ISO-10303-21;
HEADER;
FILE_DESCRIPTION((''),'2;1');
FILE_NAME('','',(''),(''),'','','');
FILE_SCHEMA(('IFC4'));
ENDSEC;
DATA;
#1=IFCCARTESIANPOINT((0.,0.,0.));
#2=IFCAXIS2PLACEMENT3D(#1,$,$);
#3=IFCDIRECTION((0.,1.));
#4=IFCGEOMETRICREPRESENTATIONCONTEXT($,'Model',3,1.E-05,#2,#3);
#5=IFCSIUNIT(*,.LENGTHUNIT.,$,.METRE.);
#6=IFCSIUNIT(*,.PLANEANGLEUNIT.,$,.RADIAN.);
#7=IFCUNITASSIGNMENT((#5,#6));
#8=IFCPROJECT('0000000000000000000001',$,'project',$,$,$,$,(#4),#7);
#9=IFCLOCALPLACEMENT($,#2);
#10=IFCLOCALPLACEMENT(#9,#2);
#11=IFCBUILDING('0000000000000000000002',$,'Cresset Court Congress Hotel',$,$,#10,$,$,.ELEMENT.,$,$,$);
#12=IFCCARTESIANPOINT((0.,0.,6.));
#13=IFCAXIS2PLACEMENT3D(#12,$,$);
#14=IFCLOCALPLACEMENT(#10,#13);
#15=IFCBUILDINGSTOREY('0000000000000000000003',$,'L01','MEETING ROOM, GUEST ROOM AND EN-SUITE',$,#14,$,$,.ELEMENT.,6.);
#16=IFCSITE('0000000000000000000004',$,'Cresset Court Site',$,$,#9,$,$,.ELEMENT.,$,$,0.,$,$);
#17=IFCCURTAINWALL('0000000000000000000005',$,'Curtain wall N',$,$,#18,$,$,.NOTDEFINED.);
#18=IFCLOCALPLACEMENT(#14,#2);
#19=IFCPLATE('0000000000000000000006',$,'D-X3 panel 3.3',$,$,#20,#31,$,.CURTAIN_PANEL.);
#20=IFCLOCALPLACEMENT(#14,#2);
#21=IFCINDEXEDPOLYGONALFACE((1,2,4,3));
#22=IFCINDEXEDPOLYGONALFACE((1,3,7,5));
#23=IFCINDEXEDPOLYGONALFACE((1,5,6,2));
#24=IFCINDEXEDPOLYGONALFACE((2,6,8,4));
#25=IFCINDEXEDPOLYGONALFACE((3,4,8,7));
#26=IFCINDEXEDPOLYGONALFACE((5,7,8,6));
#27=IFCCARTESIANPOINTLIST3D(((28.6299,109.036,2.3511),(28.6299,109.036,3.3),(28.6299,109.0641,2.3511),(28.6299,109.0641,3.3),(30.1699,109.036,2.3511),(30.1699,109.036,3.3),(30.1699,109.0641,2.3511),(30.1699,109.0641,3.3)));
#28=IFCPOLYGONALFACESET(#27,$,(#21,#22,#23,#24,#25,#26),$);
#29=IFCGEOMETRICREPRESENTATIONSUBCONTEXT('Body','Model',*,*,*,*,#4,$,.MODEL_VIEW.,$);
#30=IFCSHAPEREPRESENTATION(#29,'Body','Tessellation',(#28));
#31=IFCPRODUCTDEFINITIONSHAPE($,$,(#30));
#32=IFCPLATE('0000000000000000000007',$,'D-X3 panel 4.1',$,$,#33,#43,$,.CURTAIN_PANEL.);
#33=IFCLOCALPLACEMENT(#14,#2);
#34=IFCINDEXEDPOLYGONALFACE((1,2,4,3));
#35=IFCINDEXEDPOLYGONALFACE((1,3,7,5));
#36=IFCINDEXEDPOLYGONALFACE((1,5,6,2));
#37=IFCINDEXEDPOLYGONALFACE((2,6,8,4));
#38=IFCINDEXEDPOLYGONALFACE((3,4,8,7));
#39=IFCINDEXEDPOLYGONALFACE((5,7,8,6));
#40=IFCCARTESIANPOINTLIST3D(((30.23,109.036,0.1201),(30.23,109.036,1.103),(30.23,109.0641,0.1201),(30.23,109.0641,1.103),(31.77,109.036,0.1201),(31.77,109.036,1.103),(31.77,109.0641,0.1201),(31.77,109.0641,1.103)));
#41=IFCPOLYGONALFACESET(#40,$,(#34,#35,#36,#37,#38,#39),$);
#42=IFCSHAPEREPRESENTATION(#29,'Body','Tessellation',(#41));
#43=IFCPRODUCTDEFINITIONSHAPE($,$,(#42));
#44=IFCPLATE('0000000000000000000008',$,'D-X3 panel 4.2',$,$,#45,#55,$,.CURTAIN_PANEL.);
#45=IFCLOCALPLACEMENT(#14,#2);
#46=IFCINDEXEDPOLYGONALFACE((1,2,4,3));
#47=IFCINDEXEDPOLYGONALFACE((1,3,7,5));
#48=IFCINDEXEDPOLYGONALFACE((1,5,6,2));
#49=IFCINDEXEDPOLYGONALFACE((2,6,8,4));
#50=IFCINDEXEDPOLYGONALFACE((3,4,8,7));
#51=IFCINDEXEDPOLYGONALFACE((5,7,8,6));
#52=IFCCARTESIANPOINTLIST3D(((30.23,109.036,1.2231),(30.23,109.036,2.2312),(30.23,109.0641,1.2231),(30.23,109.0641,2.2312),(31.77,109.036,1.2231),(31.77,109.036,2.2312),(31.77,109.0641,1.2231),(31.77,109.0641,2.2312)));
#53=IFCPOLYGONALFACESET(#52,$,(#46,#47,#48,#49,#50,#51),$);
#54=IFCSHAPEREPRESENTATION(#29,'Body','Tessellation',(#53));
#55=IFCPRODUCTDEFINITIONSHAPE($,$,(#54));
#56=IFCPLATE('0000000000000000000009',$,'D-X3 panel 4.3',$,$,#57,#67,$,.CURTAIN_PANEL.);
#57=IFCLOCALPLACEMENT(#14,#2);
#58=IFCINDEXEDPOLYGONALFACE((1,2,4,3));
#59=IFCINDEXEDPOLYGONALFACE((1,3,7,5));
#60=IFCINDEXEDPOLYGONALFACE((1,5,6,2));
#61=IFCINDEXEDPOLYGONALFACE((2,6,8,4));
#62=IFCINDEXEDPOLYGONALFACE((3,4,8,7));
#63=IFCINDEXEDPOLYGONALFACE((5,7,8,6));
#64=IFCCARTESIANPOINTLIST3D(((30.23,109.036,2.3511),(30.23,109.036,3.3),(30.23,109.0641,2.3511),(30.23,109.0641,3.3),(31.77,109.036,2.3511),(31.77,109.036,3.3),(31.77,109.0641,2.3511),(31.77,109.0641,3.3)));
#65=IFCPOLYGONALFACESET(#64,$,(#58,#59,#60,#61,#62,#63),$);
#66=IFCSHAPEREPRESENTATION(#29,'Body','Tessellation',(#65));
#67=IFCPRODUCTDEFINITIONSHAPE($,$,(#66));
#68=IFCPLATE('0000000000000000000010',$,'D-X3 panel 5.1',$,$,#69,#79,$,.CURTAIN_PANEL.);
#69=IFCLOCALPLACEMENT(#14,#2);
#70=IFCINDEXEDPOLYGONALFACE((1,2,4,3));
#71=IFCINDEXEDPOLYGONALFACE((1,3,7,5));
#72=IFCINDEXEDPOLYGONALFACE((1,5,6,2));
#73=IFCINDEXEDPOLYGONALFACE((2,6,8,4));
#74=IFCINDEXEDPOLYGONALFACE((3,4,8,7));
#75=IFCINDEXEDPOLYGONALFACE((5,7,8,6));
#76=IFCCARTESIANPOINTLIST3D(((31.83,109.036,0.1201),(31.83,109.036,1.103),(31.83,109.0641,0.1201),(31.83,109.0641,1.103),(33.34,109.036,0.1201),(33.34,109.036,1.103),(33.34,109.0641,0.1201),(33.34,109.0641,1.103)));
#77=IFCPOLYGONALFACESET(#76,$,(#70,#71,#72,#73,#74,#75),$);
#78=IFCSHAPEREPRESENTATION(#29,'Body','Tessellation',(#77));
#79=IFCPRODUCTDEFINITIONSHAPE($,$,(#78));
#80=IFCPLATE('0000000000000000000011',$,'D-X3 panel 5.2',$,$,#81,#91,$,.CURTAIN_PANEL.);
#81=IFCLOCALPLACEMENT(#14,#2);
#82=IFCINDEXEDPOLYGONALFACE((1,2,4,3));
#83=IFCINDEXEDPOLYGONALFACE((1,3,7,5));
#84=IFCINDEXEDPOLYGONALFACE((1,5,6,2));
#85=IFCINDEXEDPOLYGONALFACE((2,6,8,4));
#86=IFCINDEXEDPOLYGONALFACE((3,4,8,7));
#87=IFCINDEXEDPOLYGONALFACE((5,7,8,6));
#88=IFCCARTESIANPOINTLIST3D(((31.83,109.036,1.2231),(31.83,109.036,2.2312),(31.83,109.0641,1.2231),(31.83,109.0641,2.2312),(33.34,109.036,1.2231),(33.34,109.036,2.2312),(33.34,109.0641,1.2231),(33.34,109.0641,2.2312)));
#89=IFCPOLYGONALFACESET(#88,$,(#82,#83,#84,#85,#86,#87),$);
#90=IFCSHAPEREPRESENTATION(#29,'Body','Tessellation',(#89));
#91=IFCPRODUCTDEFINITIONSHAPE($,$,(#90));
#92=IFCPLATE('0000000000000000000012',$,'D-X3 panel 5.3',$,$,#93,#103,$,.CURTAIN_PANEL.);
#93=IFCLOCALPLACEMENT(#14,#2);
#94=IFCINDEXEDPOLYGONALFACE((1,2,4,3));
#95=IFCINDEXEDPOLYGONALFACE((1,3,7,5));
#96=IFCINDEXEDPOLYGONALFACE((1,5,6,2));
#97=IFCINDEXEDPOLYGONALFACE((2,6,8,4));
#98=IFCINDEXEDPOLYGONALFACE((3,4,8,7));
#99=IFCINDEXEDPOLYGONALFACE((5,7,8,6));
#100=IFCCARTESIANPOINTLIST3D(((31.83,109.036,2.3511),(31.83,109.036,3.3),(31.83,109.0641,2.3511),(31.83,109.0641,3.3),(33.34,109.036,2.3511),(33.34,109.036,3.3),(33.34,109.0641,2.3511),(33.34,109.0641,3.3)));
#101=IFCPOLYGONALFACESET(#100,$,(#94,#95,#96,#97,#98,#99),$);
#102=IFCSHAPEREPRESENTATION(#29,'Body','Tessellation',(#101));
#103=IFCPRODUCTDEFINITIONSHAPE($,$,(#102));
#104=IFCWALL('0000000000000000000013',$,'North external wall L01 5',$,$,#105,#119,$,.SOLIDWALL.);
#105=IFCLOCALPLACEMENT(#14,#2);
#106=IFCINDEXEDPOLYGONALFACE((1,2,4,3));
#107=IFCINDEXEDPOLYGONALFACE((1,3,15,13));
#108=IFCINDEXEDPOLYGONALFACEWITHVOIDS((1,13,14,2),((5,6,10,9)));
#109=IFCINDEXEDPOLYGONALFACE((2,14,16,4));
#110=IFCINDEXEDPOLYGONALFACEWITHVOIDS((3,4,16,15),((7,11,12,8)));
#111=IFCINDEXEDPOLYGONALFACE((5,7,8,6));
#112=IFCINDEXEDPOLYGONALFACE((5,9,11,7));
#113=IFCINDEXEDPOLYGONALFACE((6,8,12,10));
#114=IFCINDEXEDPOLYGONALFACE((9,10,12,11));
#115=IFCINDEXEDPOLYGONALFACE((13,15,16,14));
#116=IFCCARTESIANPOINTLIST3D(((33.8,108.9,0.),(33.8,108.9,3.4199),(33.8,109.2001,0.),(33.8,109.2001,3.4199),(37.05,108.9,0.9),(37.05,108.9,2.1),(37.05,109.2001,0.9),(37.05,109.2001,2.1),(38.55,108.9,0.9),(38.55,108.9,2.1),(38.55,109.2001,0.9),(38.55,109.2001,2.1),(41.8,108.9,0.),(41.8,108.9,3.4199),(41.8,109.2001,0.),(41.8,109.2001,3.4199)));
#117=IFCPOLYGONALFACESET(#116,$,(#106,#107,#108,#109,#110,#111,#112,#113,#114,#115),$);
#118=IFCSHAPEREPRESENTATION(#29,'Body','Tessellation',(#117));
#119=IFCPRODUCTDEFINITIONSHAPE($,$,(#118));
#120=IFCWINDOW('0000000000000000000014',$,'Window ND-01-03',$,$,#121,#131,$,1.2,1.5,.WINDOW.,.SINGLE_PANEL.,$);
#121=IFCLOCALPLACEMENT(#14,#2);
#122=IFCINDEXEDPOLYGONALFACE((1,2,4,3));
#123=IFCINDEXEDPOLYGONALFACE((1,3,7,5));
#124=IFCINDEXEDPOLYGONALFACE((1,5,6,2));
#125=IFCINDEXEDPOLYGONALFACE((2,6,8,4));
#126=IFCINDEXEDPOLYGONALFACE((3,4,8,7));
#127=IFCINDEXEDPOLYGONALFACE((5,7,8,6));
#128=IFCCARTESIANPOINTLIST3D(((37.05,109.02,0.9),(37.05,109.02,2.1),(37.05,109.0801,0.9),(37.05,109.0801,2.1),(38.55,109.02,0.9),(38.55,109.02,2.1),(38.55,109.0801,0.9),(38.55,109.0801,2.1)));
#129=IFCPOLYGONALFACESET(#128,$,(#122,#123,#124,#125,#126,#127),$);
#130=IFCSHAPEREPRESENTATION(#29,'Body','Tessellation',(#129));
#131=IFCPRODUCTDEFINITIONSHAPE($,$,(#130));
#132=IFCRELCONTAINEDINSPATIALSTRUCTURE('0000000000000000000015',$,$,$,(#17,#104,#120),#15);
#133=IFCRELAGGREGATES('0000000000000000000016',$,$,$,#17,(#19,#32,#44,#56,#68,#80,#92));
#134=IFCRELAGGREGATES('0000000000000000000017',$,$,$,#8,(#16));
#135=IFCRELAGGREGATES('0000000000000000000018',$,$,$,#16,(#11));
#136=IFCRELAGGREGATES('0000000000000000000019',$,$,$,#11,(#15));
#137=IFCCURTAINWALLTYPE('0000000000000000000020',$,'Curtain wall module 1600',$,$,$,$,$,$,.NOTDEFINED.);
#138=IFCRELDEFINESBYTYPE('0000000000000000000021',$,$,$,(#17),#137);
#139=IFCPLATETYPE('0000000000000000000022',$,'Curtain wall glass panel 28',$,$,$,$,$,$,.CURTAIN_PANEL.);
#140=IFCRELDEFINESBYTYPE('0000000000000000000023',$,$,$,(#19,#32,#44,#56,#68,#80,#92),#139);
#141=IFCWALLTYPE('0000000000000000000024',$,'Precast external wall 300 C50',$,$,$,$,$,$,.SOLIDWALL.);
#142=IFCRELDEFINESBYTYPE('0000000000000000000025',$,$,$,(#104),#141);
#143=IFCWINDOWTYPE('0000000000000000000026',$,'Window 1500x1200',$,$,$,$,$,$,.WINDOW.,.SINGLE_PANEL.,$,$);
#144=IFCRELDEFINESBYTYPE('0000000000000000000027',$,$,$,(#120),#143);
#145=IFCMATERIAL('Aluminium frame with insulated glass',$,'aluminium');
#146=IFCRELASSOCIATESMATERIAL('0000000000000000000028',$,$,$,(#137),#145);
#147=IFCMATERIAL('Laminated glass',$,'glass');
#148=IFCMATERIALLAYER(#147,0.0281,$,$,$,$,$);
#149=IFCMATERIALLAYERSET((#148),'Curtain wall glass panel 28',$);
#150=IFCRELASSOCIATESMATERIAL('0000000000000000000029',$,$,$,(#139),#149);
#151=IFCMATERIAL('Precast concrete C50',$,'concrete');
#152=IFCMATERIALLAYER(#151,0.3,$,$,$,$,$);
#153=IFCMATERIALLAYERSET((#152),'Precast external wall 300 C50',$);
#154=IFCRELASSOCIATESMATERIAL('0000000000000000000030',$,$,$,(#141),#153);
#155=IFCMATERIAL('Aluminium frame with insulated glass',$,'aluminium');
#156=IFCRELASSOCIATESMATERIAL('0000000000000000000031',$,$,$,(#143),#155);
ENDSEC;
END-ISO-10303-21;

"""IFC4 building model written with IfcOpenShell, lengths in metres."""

from ifc_helpers import new_model, si_unit, direction, frame, frame_2d, origin, origin_2d, place, context, subcontext, project, spatial, rectangle, extrude, material, layer, layer_set, type_object, element, fill, aggregate, save


model = new_model("IFC4")

# Units and contexts
model_context = context("Model", 3, precision=1e-05, world=origin(), true_north=direction((0.0, 1.0)))
body_context = subcontext(model_context, "Body", "Model", "MODEL_VIEW")
ifc_project = project(units=[si_unit("LENGTHUNIT", "METRE"), si_unit("PLANEANGLEUNIT", "RADIAN")], contexts=[model_context])

# Site, building, storey
site_placement = place(None, origin())
site = spatial("IfcSite", under=ifc_project, at=site_placement, Name="Cresset Court Site", CompositionType="ELEMENT", RefElevation=0.0)
building_placement = place(site_placement, origin())
building = spatial("IfcBuilding", under=site, at=building_placement, Name="Cresset Court Congress Hotel", CompositionType="ELEMENT")
storey_placement = place(building_placement, frame((0.0, 0.0, 6.0)))
storey = spatial("IfcBuildingStorey", under=building, at=storey_placement, Name="L01", Description="MEETING ROOM, GUEST ROOM AND EN-SUITE", CompositionType="ELEMENT", Elevation=6.0)

# Curtain wall, plates
ifc_material_1 = material(Name="Aluminium frame with insulated glass", Category="aluminium")
curtain_wall_type = type_object("IfcCurtainWallType", Name="Curtain wall module 1600", PredefinedType="NOTDEFINED", material=ifc_material_1)
curtain_wall_placement = place(storey_placement, origin())
curtain_wall = element("IfcCurtainWall", 1, at=curtain_wall_placement, inside=storey, type_object=curtain_wall_type, Name="Curtain wall N", PredefinedType="NOTDEFINED")
ifc_material_2 = material(Name="Laminated glass", Category="glass")
ifc_layer_1 = layer(ifc_material_2, 0.0281)
ifc_layer_set_1 = layer_set([ifc_layer_1], Name="Curtain wall glass panel 28")
plate_type = type_object("IfcPlateType", Name="Curtain wall glass panel 28", PredefinedType="CURTAIN_PANEL", material=ifc_layer_set_1)
plate_1_placement = place(storey_placement, frame((29.3999, 109.05, 2.3511), z_axis=(0.0, 0.0, 1.0), x_axis=(1.0, 0.0, 0.0)))
plate_1 = element("IfcPlate", 2, at=plate_1_placement, type_object=plate_type, Name="D-X3 panel 3.3", PredefinedType="CURTAIN_PANEL", context=body_context, shape_type="SweptSolid", body=[
    extrude(rectangle(XDim=1.54, YDim=0.0281, at=origin_2d()), origin(), (0.0, 0.0, 1.0), 0.949),
])
plate_2_placement = place(storey_placement, frame((31.0, 109.05, 0.1201), z_axis=(0.0, 0.0, 1.0), x_axis=(1.0, 0.0, 0.0)))
plate_2 = element("IfcPlate", 3, at=plate_2_placement, type_object=plate_type, Name="D-X3 panel 4.1", PredefinedType="CURTAIN_PANEL", context=body_context, shape_type="SweptSolid", body=[
    extrude(rectangle(XDim=1.54, YDim=0.0281, at=origin_2d()), origin(), (0.0, 0.0, 1.0), 0.9829),
])
plate_3_placement = place(storey_placement, frame((31.0, 109.05, 1.2231), z_axis=(0.0, 0.0, 1.0), x_axis=(1.0, 0.0, 0.0)))
plate_3 = element("IfcPlate", 4, at=plate_3_placement, type_object=plate_type, Name="D-X3 panel 4.2", PredefinedType="CURTAIN_PANEL", context=body_context, shape_type="SweptSolid", body=[
    extrude(rectangle(XDim=1.54, YDim=0.0281, at=origin_2d()), origin(), (0.0, 0.0, 1.0), 1.0081),
])
plate_4_placement = place(storey_placement, frame((31.0, 109.05, 2.3511), z_axis=(0.0, 0.0, 1.0), x_axis=(1.0, 0.0, 0.0)))
plate_4 = element("IfcPlate", 5, at=plate_4_placement, type_object=plate_type, Name="D-X3 panel 4.3", PredefinedType="CURTAIN_PANEL", context=body_context, shape_type="SweptSolid", body=[
    extrude(rectangle(XDim=1.54, YDim=0.0281, at=origin_2d()), origin(), (0.0, 0.0, 1.0), 0.949),
])
plate_5_placement = place(storey_placement, frame((32.585, 109.05, 0.1201), z_axis=(0.0, 0.0, 1.0), x_axis=(1.0, 0.0, 0.0)))
plate_5 = element("IfcPlate", 6, at=plate_5_placement, type_object=plate_type, Name="D-X3 panel 5.1", PredefinedType="CURTAIN_PANEL", context=body_context, shape_type="SweptSolid", body=[
    extrude(rectangle(XDim=1.51, YDim=0.0281, at=origin_2d()), origin(), (0.0, 0.0, 1.0), 0.9829),
])
plate_6_placement = place(storey_placement, frame((32.585, 109.05, 1.2231), z_axis=(0.0, 0.0, 1.0), x_axis=(1.0, 0.0, 0.0)))
plate_6 = element("IfcPlate", 7, at=plate_6_placement, type_object=plate_type, Name="D-X3 panel 5.2", PredefinedType="CURTAIN_PANEL", context=body_context, shape_type="SweptSolid", body=[
    extrude(rectangle(XDim=1.51, YDim=0.0281, at=origin_2d()), origin(), (0.0, 0.0, 1.0), 1.0081),
])
plate_7_placement = place(storey_placement, frame((32.585, 109.05, 2.3511), z_axis=(0.0, 0.0, 1.0), x_axis=(1.0, 0.0, 0.0)))
plate_7 = element("IfcPlate", 8, at=plate_7_placement, type_object=plate_type, Name="D-X3 panel 5.3", PredefinedType="CURTAIN_PANEL", context=body_context, shape_type="SweptSolid", body=[
    extrude(rectangle(XDim=1.51, YDim=0.0281, at=origin_2d()), origin(), (0.0, 0.0, 1.0), 0.949),
])
aggregate(curtain_wall, [plate_1, plate_2, plate_3, plate_4, plate_5, plate_6, plate_7])

# Wall, opening, window
ifc_material_3 = material(Name="Precast concrete C50", Category="concrete")
ifc_layer_2 = layer(ifc_material_3, 0.3)
ifc_layer_set_2 = layer_set([ifc_layer_2], Name="Precast external wall 300 C50")
wall_type = type_object("IfcWallType", Name="Precast external wall 300 C50", PredefinedType="SOLIDWALL", material=ifc_layer_set_2)
wall_placement = place(storey_placement, frame((33.8, 109.05, 0.0), z_axis=(0.0, 0.0, 1.0), x_axis=(1.0, 0.0, 0.0)))
wall = element("IfcWall", 9, at=wall_placement, inside=storey, type_object=wall_type, Name="North external wall L01 5", PredefinedType="SOLIDWALL", context=body_context, shape_type="SweptSolid", body=[
    extrude(rectangle(XDim=8.0, YDim=0.3, at=frame_2d((4.0, 0.0))), origin(), (0.0, 0.0, 1.0), 3.4199),
])
opening_placement = place(wall_placement, frame((3.25, 0.0, 0.8999)))
opening = element("IfcOpeningElement", 10, at=opening_placement, cuts=wall, PredefinedType="OPENING", context=body_context, shape_type="SweptSolid", body=[
    extrude(rectangle(XDim=1.5, YDim=1.2, at=frame_2d((0.75, 0.6001))), frame((0.0, 0.1599, 0.0), z_axis=(0.0, -1.0, 0.0), x_axis=(1.0, 0.0, 0.0)), (0.0, 0.0, 1.0), 0.3201),
])
ifc_material_4 = material(Name="Aluminium frame with insulated glass", Category="aluminium")
window_type = type_object("IfcWindowType", Name="Window 1500x1200", PartitioningType="SINGLE_PANEL", PredefinedType="WINDOW", material=ifc_material_4)
window_placement = place(opening_placement, origin())
window = element("IfcWindow", 11, at=window_placement, inside=storey, type_object=window_type, Name="Window ND-01-03", OverallHeight=1.2, OverallWidth=1.5, PartitioningType="SINGLE_PANEL", PredefinedType="WINDOW", context=body_context, shape_type="SweptSolid", body=[
    extrude(rectangle(XDim=1.5, YDim=1.2, at=frame_2d((0.75, 0.6001))), frame((0.0, 0.03, 0.0), z_axis=(0.0, -1.0, 0.0), x_axis=(1.0, 0.0, 0.0)), (0.0, 0.0, 1.0), 0.0601),
])
fill(opening, window)

save(model, "model.ifc")
